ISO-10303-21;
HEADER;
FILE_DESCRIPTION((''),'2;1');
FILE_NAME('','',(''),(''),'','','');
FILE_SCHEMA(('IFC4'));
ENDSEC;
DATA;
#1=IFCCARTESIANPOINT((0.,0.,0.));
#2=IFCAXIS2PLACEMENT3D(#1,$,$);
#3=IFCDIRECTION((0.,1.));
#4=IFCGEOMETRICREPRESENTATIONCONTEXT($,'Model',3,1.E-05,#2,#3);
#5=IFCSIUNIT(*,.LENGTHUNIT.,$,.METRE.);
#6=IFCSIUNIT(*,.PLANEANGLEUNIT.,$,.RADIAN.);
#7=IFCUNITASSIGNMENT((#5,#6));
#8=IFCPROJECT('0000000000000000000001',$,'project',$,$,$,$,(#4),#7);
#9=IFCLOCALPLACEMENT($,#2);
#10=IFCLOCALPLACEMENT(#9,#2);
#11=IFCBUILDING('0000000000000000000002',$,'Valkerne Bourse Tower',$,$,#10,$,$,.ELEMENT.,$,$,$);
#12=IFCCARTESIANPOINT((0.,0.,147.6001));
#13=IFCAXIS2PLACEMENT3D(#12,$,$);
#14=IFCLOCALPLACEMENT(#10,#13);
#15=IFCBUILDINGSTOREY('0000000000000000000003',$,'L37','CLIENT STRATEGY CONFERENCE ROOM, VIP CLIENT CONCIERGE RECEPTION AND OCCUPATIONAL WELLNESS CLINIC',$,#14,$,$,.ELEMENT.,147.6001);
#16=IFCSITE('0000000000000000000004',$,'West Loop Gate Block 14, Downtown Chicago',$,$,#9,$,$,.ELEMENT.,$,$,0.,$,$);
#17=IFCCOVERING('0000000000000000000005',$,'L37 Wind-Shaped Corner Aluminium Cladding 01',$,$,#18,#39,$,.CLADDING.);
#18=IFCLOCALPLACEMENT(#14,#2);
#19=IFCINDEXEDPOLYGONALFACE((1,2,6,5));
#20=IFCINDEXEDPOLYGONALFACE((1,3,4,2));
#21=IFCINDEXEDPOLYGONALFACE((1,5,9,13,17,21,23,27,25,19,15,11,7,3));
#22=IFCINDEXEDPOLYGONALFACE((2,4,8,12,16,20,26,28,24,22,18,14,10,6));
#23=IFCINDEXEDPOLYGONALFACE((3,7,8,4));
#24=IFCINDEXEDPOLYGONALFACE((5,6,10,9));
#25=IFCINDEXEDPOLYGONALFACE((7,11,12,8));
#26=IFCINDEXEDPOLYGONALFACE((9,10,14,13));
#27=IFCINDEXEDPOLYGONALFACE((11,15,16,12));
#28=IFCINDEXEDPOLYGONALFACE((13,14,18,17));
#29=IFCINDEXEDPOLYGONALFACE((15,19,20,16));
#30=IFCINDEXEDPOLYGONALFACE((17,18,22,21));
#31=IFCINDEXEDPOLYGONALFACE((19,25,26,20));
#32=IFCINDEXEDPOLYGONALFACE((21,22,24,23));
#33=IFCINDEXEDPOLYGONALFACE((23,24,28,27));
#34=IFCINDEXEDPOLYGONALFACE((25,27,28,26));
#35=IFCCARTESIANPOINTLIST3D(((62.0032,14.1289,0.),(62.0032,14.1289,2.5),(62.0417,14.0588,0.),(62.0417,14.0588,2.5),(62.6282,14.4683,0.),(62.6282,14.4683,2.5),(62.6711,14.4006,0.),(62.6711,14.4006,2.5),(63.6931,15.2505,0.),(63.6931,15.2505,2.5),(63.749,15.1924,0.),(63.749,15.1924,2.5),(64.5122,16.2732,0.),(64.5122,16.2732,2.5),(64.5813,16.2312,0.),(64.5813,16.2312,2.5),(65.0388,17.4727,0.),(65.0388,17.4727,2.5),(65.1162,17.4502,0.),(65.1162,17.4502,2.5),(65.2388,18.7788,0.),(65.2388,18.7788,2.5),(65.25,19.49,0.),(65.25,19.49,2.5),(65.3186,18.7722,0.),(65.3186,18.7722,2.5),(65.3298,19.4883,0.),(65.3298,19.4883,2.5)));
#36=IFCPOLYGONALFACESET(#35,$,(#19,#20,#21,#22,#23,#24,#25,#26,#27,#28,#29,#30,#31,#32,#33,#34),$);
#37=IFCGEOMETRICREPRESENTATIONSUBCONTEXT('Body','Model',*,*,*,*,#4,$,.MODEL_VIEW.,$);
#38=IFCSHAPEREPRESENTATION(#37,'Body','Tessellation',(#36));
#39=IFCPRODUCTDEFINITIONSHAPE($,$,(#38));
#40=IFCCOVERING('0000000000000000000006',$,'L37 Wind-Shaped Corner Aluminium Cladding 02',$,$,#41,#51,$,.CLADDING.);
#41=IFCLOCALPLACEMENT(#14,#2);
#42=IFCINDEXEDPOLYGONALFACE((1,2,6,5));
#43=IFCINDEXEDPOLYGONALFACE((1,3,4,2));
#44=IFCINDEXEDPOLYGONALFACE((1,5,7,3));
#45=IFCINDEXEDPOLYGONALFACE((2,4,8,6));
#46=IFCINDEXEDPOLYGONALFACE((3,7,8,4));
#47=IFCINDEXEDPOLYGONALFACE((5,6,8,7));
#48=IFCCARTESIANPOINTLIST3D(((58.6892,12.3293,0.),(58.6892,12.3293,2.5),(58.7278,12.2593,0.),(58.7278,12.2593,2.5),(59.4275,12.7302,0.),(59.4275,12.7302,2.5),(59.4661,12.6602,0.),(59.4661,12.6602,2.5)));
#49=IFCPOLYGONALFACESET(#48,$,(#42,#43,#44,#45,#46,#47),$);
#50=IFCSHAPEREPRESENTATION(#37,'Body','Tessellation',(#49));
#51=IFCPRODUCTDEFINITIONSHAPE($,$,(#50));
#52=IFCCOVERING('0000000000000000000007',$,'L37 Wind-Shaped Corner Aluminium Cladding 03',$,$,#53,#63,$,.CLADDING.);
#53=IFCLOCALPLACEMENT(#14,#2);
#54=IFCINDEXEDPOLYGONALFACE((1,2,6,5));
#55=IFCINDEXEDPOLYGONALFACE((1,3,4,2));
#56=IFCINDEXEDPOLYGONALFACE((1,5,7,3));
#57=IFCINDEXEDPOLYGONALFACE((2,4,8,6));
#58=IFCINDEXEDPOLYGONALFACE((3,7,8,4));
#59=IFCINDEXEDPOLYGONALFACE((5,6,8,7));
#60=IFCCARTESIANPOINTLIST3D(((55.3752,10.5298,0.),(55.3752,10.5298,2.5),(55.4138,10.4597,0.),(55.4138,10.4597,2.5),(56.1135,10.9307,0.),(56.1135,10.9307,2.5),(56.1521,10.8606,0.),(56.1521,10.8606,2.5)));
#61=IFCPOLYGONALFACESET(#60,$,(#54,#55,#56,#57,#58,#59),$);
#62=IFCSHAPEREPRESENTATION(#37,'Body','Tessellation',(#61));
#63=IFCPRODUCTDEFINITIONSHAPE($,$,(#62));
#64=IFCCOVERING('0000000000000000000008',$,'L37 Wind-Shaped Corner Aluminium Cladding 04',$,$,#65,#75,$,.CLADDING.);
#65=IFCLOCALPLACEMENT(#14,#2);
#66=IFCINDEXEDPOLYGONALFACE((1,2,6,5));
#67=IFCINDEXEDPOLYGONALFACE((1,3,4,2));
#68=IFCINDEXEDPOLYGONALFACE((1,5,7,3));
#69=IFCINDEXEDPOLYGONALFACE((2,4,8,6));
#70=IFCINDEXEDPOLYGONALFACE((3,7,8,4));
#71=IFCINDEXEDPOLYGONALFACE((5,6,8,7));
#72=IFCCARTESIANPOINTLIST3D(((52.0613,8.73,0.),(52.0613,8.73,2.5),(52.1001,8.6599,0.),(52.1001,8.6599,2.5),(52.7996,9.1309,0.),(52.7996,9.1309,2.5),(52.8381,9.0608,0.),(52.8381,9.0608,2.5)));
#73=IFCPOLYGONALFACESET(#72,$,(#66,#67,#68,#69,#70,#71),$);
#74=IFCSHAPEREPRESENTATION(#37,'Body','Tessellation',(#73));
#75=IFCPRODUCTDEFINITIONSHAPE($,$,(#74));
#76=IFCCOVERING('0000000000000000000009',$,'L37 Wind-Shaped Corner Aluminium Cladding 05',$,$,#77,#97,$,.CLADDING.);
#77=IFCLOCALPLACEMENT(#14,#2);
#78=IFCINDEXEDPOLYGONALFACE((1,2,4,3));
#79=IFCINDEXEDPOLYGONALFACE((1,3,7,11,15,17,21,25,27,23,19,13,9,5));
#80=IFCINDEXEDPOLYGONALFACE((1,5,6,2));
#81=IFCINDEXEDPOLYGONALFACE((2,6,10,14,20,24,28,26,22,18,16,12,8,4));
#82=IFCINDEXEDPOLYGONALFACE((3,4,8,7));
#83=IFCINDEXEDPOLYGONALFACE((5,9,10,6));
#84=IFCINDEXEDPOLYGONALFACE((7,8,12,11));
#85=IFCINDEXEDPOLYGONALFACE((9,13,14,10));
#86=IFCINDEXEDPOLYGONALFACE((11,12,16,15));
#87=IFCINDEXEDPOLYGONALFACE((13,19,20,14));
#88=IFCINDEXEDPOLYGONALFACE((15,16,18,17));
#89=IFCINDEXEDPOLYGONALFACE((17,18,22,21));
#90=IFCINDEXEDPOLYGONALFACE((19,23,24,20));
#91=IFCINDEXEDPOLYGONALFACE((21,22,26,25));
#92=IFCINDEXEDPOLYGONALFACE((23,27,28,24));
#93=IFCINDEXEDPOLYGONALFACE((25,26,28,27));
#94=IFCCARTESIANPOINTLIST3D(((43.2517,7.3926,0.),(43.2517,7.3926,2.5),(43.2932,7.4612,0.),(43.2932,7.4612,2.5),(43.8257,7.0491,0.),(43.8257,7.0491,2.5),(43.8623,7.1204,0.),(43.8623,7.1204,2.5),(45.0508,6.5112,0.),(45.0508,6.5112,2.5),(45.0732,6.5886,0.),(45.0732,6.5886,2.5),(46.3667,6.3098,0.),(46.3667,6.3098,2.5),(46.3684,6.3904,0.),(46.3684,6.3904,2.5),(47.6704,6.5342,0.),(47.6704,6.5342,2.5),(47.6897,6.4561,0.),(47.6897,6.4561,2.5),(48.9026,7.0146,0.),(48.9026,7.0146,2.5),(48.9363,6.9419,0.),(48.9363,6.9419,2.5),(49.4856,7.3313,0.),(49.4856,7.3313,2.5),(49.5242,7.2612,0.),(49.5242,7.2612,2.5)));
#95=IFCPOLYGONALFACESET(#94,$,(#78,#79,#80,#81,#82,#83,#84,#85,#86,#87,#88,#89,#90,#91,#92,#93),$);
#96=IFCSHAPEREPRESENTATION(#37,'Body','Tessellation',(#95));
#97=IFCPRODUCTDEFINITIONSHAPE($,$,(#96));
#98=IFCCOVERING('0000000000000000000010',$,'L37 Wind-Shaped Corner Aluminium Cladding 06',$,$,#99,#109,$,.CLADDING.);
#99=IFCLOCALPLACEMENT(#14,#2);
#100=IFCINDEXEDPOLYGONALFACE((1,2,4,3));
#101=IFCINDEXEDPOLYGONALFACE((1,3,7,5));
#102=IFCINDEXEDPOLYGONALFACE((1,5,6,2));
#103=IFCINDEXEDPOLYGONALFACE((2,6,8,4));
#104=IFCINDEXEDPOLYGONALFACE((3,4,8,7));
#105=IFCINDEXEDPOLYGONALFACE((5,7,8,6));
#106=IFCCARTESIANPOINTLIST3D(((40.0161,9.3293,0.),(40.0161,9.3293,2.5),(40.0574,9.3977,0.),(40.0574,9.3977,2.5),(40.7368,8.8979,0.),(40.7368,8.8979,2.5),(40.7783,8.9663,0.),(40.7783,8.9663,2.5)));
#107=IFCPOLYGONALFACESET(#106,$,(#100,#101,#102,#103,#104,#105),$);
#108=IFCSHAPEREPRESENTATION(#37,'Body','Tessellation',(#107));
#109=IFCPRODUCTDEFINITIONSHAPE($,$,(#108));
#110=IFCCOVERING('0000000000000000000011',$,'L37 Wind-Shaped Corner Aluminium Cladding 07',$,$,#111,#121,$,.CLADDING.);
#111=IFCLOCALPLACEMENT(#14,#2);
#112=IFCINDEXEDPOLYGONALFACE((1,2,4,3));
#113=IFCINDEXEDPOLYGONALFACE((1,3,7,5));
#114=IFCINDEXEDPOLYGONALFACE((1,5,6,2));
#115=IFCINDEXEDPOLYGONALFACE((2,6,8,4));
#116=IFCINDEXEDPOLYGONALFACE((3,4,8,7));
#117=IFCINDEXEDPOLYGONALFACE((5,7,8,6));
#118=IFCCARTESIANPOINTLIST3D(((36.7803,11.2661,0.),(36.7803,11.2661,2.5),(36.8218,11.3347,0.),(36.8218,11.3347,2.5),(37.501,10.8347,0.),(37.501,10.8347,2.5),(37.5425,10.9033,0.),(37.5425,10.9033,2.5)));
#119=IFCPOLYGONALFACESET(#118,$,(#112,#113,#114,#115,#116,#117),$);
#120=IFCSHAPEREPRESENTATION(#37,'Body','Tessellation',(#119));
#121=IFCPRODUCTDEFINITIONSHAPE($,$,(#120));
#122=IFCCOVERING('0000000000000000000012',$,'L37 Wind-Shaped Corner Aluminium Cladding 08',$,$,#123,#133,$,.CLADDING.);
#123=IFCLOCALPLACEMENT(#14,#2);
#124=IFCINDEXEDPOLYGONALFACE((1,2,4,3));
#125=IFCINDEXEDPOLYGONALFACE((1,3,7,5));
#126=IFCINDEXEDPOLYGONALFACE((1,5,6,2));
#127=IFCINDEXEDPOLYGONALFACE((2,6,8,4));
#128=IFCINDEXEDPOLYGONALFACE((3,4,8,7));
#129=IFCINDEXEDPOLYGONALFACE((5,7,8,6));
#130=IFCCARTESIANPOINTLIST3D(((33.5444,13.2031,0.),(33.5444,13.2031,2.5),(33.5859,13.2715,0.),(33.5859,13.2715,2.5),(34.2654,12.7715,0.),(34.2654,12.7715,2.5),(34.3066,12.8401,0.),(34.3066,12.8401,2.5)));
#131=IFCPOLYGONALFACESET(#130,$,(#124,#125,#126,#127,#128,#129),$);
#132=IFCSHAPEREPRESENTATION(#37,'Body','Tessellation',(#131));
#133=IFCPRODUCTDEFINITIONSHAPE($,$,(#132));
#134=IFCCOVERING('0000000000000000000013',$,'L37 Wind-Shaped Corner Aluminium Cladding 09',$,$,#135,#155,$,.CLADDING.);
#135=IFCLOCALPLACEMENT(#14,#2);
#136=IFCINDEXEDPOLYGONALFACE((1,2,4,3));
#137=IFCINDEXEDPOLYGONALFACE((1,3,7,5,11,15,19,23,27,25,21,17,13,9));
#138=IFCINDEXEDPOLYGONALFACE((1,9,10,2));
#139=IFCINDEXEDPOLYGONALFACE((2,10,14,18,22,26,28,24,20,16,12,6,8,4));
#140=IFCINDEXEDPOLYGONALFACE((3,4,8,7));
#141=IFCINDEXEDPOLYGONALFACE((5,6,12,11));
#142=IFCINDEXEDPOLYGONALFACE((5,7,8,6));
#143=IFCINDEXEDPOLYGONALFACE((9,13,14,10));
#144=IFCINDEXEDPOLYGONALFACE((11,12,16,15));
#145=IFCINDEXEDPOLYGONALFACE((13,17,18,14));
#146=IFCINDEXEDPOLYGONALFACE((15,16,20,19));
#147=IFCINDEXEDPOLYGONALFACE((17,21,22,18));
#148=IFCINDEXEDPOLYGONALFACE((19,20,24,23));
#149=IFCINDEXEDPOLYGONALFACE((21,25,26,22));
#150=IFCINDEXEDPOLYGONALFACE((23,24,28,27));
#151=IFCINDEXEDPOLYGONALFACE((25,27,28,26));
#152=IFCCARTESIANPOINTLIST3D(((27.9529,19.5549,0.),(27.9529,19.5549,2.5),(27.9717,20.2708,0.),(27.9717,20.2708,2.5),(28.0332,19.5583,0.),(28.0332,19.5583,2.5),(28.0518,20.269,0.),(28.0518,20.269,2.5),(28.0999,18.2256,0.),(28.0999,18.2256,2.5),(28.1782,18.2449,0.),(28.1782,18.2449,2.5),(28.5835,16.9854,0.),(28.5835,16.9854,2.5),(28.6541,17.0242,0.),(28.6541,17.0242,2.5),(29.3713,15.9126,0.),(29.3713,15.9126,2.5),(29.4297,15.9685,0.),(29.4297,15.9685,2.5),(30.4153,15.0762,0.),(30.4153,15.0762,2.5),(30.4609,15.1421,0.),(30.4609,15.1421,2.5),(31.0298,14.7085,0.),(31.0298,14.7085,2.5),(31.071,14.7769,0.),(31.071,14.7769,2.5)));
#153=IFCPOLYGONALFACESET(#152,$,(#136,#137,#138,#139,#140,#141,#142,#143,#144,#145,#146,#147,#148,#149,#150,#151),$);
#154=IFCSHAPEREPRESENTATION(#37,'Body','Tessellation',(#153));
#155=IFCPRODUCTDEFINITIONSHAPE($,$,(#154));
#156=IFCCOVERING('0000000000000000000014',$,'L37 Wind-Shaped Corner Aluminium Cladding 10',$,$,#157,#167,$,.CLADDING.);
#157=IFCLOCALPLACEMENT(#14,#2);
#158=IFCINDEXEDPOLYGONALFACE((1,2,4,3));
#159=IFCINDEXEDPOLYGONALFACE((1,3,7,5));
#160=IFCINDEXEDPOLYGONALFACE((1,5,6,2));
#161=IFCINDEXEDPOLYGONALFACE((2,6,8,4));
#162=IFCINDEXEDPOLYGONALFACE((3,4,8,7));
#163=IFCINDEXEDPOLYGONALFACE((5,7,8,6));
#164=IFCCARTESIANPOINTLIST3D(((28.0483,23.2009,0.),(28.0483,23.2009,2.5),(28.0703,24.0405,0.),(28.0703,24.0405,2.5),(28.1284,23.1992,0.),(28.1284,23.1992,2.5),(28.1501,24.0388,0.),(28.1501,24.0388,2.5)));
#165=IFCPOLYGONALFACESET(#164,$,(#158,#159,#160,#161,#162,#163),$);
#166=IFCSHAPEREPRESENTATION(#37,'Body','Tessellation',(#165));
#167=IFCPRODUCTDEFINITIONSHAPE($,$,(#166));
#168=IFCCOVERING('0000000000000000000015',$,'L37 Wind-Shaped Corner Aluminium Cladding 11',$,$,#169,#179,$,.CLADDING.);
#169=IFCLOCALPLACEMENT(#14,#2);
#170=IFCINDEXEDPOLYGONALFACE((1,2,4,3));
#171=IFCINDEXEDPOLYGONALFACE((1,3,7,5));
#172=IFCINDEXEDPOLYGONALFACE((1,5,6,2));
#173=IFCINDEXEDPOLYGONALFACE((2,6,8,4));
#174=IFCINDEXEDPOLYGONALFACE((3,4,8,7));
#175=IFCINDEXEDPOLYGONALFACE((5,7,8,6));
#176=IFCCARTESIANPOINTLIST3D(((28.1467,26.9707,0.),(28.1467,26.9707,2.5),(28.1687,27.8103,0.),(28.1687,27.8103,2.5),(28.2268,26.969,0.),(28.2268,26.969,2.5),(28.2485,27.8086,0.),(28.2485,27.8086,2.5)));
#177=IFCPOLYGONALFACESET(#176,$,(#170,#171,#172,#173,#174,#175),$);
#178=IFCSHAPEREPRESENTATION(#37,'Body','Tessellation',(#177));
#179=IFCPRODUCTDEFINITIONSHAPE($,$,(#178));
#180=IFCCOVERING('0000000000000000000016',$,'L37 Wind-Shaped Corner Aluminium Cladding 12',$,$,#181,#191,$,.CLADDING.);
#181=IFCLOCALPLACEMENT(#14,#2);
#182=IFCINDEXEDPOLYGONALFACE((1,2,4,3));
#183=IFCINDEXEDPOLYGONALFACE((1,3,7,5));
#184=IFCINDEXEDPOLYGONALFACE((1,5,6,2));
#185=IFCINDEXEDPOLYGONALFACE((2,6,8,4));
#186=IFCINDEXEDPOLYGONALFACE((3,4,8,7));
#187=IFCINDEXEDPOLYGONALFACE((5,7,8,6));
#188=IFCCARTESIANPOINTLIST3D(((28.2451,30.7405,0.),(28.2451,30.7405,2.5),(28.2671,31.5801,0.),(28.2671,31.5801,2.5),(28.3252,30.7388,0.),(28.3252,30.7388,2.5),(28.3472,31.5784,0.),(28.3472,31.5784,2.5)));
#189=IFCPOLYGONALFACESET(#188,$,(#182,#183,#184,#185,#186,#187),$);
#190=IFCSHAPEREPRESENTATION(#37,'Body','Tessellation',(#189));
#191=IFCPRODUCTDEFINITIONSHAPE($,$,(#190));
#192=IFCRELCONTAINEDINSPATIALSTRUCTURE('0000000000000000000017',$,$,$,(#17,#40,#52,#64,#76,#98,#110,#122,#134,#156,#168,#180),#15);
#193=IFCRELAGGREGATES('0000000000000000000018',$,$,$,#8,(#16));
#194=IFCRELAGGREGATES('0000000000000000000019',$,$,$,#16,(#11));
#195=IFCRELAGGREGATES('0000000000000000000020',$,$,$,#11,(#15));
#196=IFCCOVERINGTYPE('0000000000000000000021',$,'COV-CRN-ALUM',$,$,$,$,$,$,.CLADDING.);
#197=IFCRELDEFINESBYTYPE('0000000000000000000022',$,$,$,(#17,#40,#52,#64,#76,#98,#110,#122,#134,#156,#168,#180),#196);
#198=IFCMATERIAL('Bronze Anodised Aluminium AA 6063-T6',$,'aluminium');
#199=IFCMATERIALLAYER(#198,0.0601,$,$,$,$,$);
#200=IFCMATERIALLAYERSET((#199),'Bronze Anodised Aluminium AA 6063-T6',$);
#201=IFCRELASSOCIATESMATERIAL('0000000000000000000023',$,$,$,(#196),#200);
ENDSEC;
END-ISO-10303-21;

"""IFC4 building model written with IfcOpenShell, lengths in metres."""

from ifc_helpers import new_model, si_unit, direction, frame, origin, place, context, subcontext, project, spatial, polyline, outline, extrude, material, layer, layer_set, type_object, element, save


model = new_model("IFC4")

# Units and contexts
model_context = context("Model", 3, precision=1e-05, world=origin(), true_north=direction((0.0, 1.0)))
body_context = subcontext(model_context, "Body", "Model", "MODEL_VIEW")
ifc_project = project(units=[si_unit("LENGTHUNIT", "METRE"), si_unit("PLANEANGLEUNIT", "RADIAN")], contexts=[model_context])

# Site, building, storey
site_placement = place(None, origin())
site = spatial("IfcSite", under=ifc_project, at=site_placement, Name="West Loop Gate Block 14, Downtown Chicago", CompositionType="ELEMENT", RefElevation=0.0)
building_placement = place(site_placement, origin())
building = spatial("IfcBuilding", under=site, at=building_placement, Name="Valkerne Bourse Tower", CompositionType="ELEMENT")
storey_placement = place(building_placement, frame((0.0, 0.0, 147.6001)))
storey = spatial("IfcBuildingStorey", under=building, at=storey_placement, Name="L37", Description="CLIENT STRATEGY CONFERENCE ROOM, VIP CLIENT CONCIERGE RECEPTION AND OCCUPATIONAL WELLNESS CLINIC", CompositionType="ELEMENT", Elevation=147.6001)

# Coverings
ifc_material_1 = material(Name="Bronze Anodised Aluminium AA 6063-T6", Category="aluminium")
ifc_layer_1 = layer(ifc_material_1, 0.0601)
ifc_layer_set_1 = layer_set([ifc_layer_1], Name="Bronze Anodised Aluminium AA 6063-T6")
covering_type = type_object("IfcCoveringType", Name="COV-CRN-ALUM", PredefinedType="CLADDING", material=ifc_layer_set_1)
covering_1_placement = place(storey_placement, origin())
element("IfcCovering", 1, at=covering_1_placement, inside=storey, type_object=covering_type, Name="L37 Wind-Shaped Corner Aluminium Cladding 01", PredefinedType="CLADDING", context=body_context, shape_type="SweptSolid", body=[
    extrude(outline(polyline([(65.1162, 17.4502), (64.5813, 16.2312), (63.749, 15.1924), (62.6711, 14.4006), (62.0417, 14.0588), (62.0032, 14.1289), (62.6282, 14.4683), (63.6931, 15.2505), (64.5122, 16.2732), (65.0388, 17.4727), (65.2388, 18.7788), (65.25, 19.49), (65.3298, 19.4883), (65.3186, 18.7722), (65.1162, 17.4502)])), origin(), (0.0, 0.0, 1.0), 2.5),
])
covering_2_placement = place(storey_placement, origin())
element("IfcCovering", 2, at=covering_2_placement, inside=storey, type_object=covering_type, Name="L37 Wind-Shaped Corner Aluminium Cladding 02", PredefinedType="CLADDING", context=body_context, shape_type="SweptSolid", body=[
    extrude(outline(polyline([(58.7278, 12.2593), (58.6892, 12.3293), (59.4275, 12.7302), (59.4661, 12.6602), (58.7278, 12.2593)])), origin(), (0.0, 0.0, 1.0), 2.5),
])
covering_3_placement = place(storey_placement, origin())
element("IfcCovering", 3, at=covering_3_placement, inside=storey, type_object=covering_type, Name="L37 Wind-Shaped Corner Aluminium Cladding 03", PredefinedType="CLADDING", context=body_context, shape_type="SweptSolid", body=[
    extrude(outline(polyline([(55.4138, 10.4597), (55.3752, 10.5298), (56.1135, 10.9307), (56.1521, 10.8606), (55.4138, 10.4597)])), origin(), (0.0, 0.0, 1.0), 2.5),
])
covering_4_placement = place(storey_placement, origin())
element("IfcCovering", 4, at=covering_4_placement, inside=storey, type_object=covering_type, Name="L37 Wind-Shaped Corner Aluminium Cladding 04", PredefinedType="CLADDING", context=body_context, shape_type="SweptSolid", body=[
    extrude(outline(polyline([(52.1001, 8.6599), (52.0613, 8.73), (52.7996, 9.1309), (52.8381, 9.0608), (52.1001, 8.6599)])), origin(), (0.0, 0.0, 1.0), 2.5),
])
covering_5_placement = place(storey_placement, origin())
element("IfcCovering", 5, at=covering_5_placement, inside=storey, type_object=covering_type, Name="L37 Wind-Shaped Corner Aluminium Cladding 05", PredefinedType="CLADDING", context=body_context, shape_type="SweptSolid", body=[
    extrude(outline(polyline([(48.9363, 6.9419), (47.6897, 6.4561), (46.3667, 6.3098), (45.0508, 6.5112), (43.8257, 7.0491), (43.2517, 7.3926), (43.2932, 7.4612), (43.8623, 7.1204), (45.0732, 6.5886), (46.3684, 6.3904), (47.6704, 6.5342), (48.9026, 7.0146), (49.4856, 7.3313), (49.5242, 7.2612), (48.9363, 6.9419)])), origin(), (0.0, 0.0, 1.0), 2.5),
])
covering_6_placement = place(storey_placement, origin())
element("IfcCovering", 6, at=covering_6_placement, inside=storey, type_object=covering_type, Name="L37 Wind-Shaped Corner Aluminium Cladding 06", PredefinedType="CLADDING", context=body_context, shape_type="SweptSolid", body=[
    extrude(outline(polyline([(40.0161, 9.3293), (40.0574, 9.3977), (40.7783, 8.9663), (40.7368, 8.8979), (40.0161, 9.3293)])), origin(), (0.0, 0.0, 1.0), 2.5),
])
covering_7_placement = place(storey_placement, origin())
element("IfcCovering", 7, at=covering_7_placement, inside=storey, type_object=covering_type, Name="L37 Wind-Shaped Corner Aluminium Cladding 07", PredefinedType="CLADDING", context=body_context, shape_type="SweptSolid", body=[
    extrude(outline(polyline([(36.7803, 11.2661), (36.8218, 11.3347), (37.5425, 10.9033), (37.501, 10.8347), (36.7803, 11.2661)])), origin(), (0.0, 0.0, 1.0), 2.5),
])
covering_8_placement = place(storey_placement, origin())
element("IfcCovering", 8, at=covering_8_placement, inside=storey, type_object=covering_type, Name="L37 Wind-Shaped Corner Aluminium Cladding 08", PredefinedType="CLADDING", context=body_context, shape_type="SweptSolid", body=[
    extrude(outline(polyline([(33.5444, 13.2031), (33.5859, 13.2715), (34.3066, 12.8401), (34.2654, 12.7715), (33.5444, 13.2031)])), origin(), (0.0, 0.0, 1.0), 2.5),
])
covering_9_placement = place(storey_placement, origin())
element("IfcCovering", 9, at=covering_9_placement, inside=storey, type_object=covering_type, Name="L37 Wind-Shaped Corner Aluminium Cladding 09", PredefinedType="CLADDING", context=body_context, shape_type="SweptSolid", body=[
    extrude(outline(polyline([(30.4153, 15.0762), (29.3713, 15.9126), (28.5835, 16.9854), (28.0999, 18.2256), (27.9529, 19.5549), (27.9717, 20.2708), (28.0518, 20.269), (28.0332, 19.5583), (28.1782, 18.2449), (28.6541, 17.0242), (29.4297, 15.9685), (30.4609, 15.1421), (31.071, 14.7769), (31.0298, 14.7085), (30.4153, 15.0762)])), origin(), (0.0, 0.0, 1.0), 2.5),
])
covering_10_placement = place(storey_placement, origin())
element("IfcCovering", 10, at=covering_10_placement, inside=storey, type_object=covering_type, Name="L37 Wind-Shaped Corner Aluminium Cladding 10", PredefinedType="CLADDING", context=body_context, shape_type="SweptSolid", body=[
    extrude(outline(polyline([(28.0703, 24.0405), (28.1501, 24.0388), (28.1284, 23.1992), (28.0483, 23.2009), (28.0703, 24.0405)])), origin(), (0.0, 0.0, 1.0), 2.5),
])
covering_11_placement = place(storey_placement, origin())
element("IfcCovering", 11, at=covering_11_placement, inside=storey, type_object=covering_type, Name="L37 Wind-Shaped Corner Aluminium Cladding 11", PredefinedType="CLADDING", context=body_context, shape_type="SweptSolid", body=[
    extrude(outline(polyline([(28.1687, 27.8103), (28.2485, 27.8086), (28.2268, 26.969), (28.1467, 26.9707), (28.1687, 27.8103)])), origin(), (0.0, 0.0, 1.0), 2.5),
])
covering_12_placement = place(storey_placement, origin())
element("IfcCovering", 12, at=covering_12_placement, inside=storey, type_object=covering_type, Name="L37 Wind-Shaped Corner Aluminium Cladding 12", PredefinedType="CLADDING", context=body_context, shape_type="SweptSolid", body=[
    extrude(outline(polyline([(28.2671, 31.5801), (28.3472, 31.5784), (28.3252, 30.7388), (28.2451, 30.7405), (28.2671, 31.5801)])), origin(), (0.0, 0.0, 1.0), 2.5),
])

save(model, "model.ifc")
